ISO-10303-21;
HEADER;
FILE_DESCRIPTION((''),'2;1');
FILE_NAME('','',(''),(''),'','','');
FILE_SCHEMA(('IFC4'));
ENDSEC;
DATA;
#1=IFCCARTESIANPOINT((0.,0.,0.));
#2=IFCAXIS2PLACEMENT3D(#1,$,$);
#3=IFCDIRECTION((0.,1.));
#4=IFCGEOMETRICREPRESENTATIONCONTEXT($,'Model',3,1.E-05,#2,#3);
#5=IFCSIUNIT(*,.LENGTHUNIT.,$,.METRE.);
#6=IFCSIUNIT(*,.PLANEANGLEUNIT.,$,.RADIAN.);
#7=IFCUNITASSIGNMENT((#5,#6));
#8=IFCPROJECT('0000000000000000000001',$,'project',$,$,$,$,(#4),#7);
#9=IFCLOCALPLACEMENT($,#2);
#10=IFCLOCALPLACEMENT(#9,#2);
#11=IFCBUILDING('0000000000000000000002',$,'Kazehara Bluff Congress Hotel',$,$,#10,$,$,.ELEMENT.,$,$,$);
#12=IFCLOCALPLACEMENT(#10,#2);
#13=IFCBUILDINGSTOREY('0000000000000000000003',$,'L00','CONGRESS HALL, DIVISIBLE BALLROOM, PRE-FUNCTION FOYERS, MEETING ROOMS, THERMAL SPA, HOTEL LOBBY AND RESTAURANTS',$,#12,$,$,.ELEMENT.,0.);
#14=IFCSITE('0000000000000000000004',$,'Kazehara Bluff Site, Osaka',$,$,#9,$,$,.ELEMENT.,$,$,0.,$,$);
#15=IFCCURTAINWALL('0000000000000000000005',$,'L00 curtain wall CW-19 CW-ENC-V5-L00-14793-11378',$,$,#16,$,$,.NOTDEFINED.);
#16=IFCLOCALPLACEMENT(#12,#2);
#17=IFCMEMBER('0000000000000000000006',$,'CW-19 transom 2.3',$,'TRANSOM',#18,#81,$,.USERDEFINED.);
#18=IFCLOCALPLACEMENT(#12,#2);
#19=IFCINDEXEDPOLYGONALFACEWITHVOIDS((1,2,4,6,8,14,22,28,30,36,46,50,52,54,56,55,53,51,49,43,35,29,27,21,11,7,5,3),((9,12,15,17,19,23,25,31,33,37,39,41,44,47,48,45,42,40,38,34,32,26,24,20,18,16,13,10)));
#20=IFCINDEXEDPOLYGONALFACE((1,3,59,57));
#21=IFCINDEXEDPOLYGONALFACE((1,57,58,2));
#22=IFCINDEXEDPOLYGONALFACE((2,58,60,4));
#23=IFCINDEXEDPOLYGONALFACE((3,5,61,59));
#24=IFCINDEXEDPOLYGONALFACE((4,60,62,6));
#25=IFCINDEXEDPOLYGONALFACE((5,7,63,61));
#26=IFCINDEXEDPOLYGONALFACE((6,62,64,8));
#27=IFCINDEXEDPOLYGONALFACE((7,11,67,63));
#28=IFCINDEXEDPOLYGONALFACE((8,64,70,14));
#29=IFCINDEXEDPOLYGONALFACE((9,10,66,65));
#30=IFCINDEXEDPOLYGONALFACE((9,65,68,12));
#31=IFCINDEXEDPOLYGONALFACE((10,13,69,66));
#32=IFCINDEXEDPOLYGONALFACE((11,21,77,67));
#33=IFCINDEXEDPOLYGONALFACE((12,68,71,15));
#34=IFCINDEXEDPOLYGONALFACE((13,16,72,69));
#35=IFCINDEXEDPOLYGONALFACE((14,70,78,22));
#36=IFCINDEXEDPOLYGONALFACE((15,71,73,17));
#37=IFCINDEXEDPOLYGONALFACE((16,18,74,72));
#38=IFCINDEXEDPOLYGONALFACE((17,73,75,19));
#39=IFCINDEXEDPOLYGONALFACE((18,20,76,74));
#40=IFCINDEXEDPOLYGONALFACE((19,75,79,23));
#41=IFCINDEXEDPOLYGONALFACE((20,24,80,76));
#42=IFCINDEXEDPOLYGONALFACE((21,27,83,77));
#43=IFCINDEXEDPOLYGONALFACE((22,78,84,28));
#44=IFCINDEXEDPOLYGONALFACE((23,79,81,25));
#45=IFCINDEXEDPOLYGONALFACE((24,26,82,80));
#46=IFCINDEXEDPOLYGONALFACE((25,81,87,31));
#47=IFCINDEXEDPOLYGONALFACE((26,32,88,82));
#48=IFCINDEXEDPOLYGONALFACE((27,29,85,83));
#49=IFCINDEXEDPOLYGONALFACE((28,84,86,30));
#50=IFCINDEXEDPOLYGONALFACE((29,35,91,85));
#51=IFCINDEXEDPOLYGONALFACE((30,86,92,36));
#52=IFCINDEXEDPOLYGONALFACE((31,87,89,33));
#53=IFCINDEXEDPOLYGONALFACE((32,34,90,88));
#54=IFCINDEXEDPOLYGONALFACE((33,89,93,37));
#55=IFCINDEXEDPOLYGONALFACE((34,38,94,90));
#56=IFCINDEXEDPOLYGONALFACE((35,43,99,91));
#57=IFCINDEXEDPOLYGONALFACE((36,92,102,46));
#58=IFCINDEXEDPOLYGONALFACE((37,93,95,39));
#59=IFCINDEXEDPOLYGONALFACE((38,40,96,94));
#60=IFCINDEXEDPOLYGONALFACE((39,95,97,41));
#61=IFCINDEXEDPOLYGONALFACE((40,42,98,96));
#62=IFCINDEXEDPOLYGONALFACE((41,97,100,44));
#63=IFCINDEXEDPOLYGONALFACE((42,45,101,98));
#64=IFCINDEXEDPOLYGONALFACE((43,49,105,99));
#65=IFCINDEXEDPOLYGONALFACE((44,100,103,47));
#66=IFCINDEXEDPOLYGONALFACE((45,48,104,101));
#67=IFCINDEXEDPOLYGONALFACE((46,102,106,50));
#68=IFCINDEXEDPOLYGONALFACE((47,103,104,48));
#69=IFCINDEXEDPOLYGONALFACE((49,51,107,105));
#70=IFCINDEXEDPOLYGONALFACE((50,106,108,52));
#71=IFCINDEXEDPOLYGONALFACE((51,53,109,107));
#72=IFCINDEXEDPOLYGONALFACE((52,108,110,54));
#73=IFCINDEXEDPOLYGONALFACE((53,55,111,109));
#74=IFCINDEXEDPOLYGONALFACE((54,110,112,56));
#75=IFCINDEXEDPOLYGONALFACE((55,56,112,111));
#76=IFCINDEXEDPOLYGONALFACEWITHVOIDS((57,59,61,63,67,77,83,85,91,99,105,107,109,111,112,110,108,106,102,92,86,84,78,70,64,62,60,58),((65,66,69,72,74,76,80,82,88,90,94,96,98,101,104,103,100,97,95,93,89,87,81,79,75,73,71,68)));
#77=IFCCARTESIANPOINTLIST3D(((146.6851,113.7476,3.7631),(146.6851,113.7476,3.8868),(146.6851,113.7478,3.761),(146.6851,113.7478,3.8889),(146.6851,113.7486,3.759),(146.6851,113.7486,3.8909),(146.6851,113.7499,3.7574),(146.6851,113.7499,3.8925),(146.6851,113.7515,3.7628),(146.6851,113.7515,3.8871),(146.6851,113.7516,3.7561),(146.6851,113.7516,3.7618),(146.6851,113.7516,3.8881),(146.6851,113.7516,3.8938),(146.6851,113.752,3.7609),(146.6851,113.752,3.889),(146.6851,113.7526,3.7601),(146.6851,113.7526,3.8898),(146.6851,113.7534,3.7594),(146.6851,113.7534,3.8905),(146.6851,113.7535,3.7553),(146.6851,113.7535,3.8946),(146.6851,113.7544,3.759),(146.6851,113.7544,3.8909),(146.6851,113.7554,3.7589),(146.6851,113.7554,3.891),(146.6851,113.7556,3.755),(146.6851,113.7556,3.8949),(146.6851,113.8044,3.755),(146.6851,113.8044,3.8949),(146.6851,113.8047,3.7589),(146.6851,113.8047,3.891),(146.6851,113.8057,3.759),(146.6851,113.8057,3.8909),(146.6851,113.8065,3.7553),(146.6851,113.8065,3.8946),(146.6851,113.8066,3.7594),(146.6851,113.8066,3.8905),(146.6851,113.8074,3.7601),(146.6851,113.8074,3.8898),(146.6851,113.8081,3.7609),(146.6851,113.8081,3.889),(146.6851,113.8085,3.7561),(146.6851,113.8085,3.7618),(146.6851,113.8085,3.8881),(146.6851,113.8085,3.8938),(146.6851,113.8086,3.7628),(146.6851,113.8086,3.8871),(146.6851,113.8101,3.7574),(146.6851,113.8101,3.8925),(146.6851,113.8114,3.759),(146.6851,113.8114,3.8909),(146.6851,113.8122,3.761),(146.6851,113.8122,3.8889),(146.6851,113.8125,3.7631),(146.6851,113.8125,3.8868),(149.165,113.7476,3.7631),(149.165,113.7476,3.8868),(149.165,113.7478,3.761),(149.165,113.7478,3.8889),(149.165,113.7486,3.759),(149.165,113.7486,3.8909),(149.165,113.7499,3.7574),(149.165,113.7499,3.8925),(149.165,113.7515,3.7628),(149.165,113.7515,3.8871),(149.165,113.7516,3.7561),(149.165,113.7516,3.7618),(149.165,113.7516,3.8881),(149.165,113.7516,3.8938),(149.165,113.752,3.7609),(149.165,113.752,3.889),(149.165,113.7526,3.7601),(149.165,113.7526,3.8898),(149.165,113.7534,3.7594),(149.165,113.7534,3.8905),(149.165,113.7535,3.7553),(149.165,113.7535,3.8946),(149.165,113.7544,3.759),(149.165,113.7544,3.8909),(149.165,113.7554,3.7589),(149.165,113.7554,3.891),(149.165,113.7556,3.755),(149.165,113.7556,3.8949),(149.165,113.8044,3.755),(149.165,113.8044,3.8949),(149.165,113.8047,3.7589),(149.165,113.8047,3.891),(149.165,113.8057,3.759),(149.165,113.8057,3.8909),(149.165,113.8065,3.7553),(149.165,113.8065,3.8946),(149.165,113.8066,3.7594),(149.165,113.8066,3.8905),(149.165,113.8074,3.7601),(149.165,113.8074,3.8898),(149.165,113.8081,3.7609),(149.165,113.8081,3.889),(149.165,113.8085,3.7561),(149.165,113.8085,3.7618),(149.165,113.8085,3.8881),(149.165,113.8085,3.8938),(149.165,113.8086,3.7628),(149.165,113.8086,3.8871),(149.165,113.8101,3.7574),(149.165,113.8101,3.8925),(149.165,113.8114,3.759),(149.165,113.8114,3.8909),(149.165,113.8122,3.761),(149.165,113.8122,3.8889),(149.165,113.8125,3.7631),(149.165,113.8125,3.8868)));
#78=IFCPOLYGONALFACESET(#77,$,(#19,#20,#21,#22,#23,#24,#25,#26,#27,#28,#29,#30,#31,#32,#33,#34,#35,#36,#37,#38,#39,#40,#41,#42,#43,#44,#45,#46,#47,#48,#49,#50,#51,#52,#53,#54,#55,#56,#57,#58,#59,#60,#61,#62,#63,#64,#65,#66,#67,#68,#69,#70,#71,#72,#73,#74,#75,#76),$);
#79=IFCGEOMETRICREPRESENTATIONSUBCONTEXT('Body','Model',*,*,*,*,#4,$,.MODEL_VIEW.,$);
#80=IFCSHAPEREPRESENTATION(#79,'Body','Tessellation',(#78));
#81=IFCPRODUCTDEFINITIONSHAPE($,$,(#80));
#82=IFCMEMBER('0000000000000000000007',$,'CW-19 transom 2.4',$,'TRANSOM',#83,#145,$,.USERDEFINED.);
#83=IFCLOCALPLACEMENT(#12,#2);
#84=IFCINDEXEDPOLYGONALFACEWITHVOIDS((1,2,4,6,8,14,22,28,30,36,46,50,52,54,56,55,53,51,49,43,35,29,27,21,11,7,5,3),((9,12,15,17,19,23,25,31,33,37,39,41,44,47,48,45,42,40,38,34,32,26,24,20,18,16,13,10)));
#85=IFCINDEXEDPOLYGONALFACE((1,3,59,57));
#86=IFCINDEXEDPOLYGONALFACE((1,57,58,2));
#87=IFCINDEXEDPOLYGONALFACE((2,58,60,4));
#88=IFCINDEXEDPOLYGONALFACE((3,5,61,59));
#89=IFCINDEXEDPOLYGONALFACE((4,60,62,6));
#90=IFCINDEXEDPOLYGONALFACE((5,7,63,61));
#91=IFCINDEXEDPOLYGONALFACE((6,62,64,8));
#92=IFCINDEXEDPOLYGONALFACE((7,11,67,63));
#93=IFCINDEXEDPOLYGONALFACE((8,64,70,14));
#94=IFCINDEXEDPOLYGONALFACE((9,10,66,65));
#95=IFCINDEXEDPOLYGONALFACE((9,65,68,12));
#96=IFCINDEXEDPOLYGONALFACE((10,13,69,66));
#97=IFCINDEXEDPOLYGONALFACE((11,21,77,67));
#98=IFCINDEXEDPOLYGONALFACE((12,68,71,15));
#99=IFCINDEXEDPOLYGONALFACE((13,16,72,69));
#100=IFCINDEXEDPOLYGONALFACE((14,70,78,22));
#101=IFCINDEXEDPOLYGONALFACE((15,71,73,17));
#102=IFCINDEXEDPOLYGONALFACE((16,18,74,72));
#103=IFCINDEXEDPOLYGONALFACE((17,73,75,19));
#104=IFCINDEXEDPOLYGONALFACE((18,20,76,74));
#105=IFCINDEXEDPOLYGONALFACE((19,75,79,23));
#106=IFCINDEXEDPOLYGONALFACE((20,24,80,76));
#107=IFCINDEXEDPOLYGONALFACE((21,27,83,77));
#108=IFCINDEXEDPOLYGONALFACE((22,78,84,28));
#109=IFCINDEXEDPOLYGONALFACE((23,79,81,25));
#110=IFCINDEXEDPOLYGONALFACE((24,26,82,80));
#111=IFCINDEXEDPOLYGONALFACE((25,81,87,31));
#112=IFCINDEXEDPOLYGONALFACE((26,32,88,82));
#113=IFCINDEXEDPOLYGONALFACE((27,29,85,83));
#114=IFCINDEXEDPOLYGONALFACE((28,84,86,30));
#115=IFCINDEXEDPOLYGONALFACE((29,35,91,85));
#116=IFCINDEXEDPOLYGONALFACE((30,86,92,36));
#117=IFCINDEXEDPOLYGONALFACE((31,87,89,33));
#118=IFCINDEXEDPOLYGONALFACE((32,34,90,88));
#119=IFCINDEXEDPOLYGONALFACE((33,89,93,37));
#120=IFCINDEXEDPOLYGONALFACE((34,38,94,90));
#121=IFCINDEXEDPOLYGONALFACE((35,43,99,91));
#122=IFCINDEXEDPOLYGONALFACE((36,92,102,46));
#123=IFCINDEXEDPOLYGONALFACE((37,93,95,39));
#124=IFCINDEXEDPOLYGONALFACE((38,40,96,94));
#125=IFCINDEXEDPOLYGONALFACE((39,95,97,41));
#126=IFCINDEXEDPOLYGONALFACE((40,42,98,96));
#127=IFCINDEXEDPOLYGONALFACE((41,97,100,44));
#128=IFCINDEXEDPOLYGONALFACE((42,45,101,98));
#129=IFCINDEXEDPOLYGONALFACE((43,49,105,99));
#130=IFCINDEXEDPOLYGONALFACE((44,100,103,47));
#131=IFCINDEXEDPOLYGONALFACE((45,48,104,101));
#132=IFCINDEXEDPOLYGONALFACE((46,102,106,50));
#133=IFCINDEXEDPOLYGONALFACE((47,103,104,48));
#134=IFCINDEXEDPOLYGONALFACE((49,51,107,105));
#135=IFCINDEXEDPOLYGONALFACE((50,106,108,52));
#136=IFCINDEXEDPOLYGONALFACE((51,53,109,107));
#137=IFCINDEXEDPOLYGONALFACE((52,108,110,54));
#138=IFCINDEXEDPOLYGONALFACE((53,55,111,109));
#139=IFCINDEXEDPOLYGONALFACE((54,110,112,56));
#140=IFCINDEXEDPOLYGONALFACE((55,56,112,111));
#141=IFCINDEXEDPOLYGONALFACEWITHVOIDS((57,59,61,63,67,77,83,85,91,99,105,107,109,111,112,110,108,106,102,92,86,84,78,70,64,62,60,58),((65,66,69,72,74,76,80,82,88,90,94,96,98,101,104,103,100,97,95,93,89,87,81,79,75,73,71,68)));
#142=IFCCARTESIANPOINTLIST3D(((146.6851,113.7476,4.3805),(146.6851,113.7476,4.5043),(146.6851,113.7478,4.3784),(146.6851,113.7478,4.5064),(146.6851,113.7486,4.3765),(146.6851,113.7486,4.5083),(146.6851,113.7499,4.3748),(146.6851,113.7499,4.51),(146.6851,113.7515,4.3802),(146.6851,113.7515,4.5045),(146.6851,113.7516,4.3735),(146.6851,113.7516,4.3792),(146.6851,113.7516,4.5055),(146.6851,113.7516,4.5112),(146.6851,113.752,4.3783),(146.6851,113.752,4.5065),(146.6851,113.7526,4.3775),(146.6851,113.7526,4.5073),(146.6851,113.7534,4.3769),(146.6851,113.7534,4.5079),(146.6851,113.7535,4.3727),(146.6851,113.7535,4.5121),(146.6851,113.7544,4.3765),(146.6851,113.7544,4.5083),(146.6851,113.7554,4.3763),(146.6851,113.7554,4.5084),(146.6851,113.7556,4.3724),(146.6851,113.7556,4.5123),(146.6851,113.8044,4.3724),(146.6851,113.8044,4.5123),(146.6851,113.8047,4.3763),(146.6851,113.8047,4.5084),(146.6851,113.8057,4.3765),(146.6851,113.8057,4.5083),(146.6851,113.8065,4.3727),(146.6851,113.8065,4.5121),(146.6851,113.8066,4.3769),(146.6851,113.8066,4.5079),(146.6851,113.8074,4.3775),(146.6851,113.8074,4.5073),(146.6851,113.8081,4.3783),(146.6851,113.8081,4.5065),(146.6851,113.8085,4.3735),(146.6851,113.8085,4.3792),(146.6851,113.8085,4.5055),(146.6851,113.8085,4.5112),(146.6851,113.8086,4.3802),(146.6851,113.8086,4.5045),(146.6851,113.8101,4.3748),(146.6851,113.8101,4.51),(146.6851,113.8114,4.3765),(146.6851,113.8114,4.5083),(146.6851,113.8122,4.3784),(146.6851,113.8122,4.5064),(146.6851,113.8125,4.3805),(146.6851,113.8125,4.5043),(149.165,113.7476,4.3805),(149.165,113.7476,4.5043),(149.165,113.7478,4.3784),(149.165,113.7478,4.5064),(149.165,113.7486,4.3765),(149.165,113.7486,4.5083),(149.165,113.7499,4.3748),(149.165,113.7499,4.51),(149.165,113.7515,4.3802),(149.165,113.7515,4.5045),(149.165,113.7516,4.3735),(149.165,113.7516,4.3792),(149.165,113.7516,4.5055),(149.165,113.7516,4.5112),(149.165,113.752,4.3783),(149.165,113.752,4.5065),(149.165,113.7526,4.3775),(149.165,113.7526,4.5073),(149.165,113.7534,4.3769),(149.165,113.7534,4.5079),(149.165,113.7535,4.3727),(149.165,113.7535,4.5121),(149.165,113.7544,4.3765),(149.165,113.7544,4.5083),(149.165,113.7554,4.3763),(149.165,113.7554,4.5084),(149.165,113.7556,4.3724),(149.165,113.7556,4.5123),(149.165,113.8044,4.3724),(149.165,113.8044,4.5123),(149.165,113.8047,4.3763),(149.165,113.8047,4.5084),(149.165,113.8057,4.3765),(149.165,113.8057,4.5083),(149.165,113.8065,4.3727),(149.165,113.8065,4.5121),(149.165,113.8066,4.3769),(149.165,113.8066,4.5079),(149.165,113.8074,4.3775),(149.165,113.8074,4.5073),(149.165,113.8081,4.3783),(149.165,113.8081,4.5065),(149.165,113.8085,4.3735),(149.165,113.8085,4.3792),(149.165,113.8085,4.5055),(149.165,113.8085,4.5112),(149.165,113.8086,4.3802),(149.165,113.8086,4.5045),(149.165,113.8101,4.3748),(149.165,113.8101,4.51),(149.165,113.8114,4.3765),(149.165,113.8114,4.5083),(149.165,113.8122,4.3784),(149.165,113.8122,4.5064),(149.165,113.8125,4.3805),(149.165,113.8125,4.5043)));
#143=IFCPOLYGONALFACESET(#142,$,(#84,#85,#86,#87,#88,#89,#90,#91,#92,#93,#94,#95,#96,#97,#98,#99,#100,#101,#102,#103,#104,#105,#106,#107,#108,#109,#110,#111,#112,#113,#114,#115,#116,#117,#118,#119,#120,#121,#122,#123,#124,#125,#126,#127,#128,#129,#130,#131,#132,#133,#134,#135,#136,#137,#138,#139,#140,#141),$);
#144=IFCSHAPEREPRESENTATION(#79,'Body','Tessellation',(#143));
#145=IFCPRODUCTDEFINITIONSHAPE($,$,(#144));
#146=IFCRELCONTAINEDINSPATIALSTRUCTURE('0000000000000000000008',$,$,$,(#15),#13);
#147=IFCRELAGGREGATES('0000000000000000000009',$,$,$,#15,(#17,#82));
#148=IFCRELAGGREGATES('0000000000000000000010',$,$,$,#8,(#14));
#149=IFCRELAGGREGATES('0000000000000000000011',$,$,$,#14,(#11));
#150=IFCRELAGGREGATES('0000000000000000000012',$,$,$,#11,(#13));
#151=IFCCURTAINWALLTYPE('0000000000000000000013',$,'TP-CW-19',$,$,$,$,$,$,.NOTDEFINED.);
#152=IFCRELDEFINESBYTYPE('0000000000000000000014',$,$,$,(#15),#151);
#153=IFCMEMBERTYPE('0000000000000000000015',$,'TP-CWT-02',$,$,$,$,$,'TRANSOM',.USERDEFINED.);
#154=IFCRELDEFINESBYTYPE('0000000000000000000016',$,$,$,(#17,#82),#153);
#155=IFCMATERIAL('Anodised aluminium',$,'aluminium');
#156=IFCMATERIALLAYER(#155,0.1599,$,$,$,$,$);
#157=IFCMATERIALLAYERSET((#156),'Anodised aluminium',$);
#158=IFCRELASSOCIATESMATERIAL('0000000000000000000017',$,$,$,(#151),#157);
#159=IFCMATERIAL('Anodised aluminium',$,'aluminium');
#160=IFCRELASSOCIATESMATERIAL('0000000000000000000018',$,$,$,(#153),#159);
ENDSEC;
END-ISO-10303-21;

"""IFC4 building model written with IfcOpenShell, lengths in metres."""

from ifc_helpers import new_model, si_unit, direction, frame, origin, origin_2d, place, context, subcontext, project, spatial, hollow_rectangle, extrude, material, layer, layer_set, material_profile, profile_set, type_object, element, aggregate, save


model = new_model("IFC4")

# Units and contexts
model_context = context("Model", 3, precision=1e-05, world=origin(), true_north=direction((0.0, 1.0)))
body_context = subcontext(model_context, "Body", "Model", "MODEL_VIEW")
ifc_project = project(units=[si_unit("LENGTHUNIT", "METRE"), si_unit("PLANEANGLEUNIT", "RADIAN")], contexts=[model_context])

# Site, building, storey
site_placement = place(None, origin())
site = spatial("IfcSite", under=ifc_project, at=site_placement, Name="Kazehara Bluff Site, Osaka", CompositionType="ELEMENT", RefElevation=0.0)
building_placement = place(site_placement, origin())
building = spatial("IfcBuilding", under=site, at=building_placement, Name="Kazehara Bluff Congress Hotel", CompositionType="ELEMENT")
storey_placement = place(building_placement, origin())
storey = spatial("IfcBuildingStorey", under=building, at=storey_placement, Name="L00", Description="CONGRESS HALL, DIVISIBLE BALLROOM, PRE-FUNCTION FOYERS, MEETING ROOMS, THERMAL SPA, HOTEL LOBBY AND RESTAURANTS", CompositionType="ELEMENT", Elevation=0.0)

# Curtain wall
ifc_material_1 = material(Name="Anodised aluminium", Category="aluminium")
ifc_layer_1 = layer(ifc_material_1, 0.1599)
ifc_layer_set_1 = layer_set([ifc_layer_1], Name="Anodised aluminium")
curtain_wall_type_1 = type_object("IfcCurtainWallType", Name="TP-CW-19", PredefinedType="NOTDEFINED", material=ifc_layer_set_1)
curtain_wall_1_placement = place(storey_placement, origin())
curtain_wall_1 = element("IfcCurtainWall", 1, at=curtain_wall_1_placement, inside=storey, type_object=curtain_wall_type_1, Name="L00 curtain wall CW-19 CW-ENC-V5-L00-14793-11378", PredefinedType="NOTDEFINED")

# Members
ifc_material_2 = material(Name="Anodised aluminium", Category="aluminium")
ifc_material_profile_1 = material_profile(ifc_material_2, hollow_rectangle(XDim=0.0649, YDim=0.1399, WallThickness=0.0039, InnerFilletRadius=0.0039, OuterFilletRadius=0.0081, at=origin_2d()))
ifc_profile_set_1 = profile_set([ifc_material_profile_1], Name="Anodised aluminium")
member_type_1 = type_object("IfcMemberType", Name="TP-CWT-02", ElementType="TRANSOM", PredefinedType="USERDEFINED", material=ifc_profile_set_1)
member_1_placement = place(storey_placement, frame((146.6851, 113.78, 3.825), z_axis=(1.0, 0.0, 0.0), x_axis=(0.0, 1.0, 0.0)))
member_1 = element("IfcMember", 2, at=member_1_placement, type_object=member_type_1, Name="CW-19 transom 2.3", ObjectType="TRANSOM", PredefinedType="USERDEFINED", context=body_context, shape_type="SweptSolid", body=[
    extrude(hollow_rectangle(XDim=0.0649, YDim=0.1399, WallThickness=0.0039, InnerFilletRadius=0.0039, OuterFilletRadius=0.0081, at=origin_2d()), origin(), (0.0, 0.0, 1.0), 2.48),
])
member_2_placement = place(storey_placement, frame((146.6851, 113.78, 4.4424), z_axis=(1.0, 0.0, 0.0), x_axis=(0.0, 1.0, 0.0)))
member_2 = element("IfcMember", 3, at=member_2_placement, type_object=member_type_1, Name="CW-19 transom 2.4", ObjectType="TRANSOM", PredefinedType="USERDEFINED", context=body_context, shape_type="SweptSolid", body=[
    extrude(hollow_rectangle(XDim=0.0649, YDim=0.1399, WallThickness=0.0039, InnerFilletRadius=0.0039, OuterFilletRadius=0.0081, at=origin_2d()), origin(), (0.0, 0.0, 1.0), 2.48),
])

aggregate(curtain_wall_1, [member_1, member_2])

save(model, "model.ifc")
